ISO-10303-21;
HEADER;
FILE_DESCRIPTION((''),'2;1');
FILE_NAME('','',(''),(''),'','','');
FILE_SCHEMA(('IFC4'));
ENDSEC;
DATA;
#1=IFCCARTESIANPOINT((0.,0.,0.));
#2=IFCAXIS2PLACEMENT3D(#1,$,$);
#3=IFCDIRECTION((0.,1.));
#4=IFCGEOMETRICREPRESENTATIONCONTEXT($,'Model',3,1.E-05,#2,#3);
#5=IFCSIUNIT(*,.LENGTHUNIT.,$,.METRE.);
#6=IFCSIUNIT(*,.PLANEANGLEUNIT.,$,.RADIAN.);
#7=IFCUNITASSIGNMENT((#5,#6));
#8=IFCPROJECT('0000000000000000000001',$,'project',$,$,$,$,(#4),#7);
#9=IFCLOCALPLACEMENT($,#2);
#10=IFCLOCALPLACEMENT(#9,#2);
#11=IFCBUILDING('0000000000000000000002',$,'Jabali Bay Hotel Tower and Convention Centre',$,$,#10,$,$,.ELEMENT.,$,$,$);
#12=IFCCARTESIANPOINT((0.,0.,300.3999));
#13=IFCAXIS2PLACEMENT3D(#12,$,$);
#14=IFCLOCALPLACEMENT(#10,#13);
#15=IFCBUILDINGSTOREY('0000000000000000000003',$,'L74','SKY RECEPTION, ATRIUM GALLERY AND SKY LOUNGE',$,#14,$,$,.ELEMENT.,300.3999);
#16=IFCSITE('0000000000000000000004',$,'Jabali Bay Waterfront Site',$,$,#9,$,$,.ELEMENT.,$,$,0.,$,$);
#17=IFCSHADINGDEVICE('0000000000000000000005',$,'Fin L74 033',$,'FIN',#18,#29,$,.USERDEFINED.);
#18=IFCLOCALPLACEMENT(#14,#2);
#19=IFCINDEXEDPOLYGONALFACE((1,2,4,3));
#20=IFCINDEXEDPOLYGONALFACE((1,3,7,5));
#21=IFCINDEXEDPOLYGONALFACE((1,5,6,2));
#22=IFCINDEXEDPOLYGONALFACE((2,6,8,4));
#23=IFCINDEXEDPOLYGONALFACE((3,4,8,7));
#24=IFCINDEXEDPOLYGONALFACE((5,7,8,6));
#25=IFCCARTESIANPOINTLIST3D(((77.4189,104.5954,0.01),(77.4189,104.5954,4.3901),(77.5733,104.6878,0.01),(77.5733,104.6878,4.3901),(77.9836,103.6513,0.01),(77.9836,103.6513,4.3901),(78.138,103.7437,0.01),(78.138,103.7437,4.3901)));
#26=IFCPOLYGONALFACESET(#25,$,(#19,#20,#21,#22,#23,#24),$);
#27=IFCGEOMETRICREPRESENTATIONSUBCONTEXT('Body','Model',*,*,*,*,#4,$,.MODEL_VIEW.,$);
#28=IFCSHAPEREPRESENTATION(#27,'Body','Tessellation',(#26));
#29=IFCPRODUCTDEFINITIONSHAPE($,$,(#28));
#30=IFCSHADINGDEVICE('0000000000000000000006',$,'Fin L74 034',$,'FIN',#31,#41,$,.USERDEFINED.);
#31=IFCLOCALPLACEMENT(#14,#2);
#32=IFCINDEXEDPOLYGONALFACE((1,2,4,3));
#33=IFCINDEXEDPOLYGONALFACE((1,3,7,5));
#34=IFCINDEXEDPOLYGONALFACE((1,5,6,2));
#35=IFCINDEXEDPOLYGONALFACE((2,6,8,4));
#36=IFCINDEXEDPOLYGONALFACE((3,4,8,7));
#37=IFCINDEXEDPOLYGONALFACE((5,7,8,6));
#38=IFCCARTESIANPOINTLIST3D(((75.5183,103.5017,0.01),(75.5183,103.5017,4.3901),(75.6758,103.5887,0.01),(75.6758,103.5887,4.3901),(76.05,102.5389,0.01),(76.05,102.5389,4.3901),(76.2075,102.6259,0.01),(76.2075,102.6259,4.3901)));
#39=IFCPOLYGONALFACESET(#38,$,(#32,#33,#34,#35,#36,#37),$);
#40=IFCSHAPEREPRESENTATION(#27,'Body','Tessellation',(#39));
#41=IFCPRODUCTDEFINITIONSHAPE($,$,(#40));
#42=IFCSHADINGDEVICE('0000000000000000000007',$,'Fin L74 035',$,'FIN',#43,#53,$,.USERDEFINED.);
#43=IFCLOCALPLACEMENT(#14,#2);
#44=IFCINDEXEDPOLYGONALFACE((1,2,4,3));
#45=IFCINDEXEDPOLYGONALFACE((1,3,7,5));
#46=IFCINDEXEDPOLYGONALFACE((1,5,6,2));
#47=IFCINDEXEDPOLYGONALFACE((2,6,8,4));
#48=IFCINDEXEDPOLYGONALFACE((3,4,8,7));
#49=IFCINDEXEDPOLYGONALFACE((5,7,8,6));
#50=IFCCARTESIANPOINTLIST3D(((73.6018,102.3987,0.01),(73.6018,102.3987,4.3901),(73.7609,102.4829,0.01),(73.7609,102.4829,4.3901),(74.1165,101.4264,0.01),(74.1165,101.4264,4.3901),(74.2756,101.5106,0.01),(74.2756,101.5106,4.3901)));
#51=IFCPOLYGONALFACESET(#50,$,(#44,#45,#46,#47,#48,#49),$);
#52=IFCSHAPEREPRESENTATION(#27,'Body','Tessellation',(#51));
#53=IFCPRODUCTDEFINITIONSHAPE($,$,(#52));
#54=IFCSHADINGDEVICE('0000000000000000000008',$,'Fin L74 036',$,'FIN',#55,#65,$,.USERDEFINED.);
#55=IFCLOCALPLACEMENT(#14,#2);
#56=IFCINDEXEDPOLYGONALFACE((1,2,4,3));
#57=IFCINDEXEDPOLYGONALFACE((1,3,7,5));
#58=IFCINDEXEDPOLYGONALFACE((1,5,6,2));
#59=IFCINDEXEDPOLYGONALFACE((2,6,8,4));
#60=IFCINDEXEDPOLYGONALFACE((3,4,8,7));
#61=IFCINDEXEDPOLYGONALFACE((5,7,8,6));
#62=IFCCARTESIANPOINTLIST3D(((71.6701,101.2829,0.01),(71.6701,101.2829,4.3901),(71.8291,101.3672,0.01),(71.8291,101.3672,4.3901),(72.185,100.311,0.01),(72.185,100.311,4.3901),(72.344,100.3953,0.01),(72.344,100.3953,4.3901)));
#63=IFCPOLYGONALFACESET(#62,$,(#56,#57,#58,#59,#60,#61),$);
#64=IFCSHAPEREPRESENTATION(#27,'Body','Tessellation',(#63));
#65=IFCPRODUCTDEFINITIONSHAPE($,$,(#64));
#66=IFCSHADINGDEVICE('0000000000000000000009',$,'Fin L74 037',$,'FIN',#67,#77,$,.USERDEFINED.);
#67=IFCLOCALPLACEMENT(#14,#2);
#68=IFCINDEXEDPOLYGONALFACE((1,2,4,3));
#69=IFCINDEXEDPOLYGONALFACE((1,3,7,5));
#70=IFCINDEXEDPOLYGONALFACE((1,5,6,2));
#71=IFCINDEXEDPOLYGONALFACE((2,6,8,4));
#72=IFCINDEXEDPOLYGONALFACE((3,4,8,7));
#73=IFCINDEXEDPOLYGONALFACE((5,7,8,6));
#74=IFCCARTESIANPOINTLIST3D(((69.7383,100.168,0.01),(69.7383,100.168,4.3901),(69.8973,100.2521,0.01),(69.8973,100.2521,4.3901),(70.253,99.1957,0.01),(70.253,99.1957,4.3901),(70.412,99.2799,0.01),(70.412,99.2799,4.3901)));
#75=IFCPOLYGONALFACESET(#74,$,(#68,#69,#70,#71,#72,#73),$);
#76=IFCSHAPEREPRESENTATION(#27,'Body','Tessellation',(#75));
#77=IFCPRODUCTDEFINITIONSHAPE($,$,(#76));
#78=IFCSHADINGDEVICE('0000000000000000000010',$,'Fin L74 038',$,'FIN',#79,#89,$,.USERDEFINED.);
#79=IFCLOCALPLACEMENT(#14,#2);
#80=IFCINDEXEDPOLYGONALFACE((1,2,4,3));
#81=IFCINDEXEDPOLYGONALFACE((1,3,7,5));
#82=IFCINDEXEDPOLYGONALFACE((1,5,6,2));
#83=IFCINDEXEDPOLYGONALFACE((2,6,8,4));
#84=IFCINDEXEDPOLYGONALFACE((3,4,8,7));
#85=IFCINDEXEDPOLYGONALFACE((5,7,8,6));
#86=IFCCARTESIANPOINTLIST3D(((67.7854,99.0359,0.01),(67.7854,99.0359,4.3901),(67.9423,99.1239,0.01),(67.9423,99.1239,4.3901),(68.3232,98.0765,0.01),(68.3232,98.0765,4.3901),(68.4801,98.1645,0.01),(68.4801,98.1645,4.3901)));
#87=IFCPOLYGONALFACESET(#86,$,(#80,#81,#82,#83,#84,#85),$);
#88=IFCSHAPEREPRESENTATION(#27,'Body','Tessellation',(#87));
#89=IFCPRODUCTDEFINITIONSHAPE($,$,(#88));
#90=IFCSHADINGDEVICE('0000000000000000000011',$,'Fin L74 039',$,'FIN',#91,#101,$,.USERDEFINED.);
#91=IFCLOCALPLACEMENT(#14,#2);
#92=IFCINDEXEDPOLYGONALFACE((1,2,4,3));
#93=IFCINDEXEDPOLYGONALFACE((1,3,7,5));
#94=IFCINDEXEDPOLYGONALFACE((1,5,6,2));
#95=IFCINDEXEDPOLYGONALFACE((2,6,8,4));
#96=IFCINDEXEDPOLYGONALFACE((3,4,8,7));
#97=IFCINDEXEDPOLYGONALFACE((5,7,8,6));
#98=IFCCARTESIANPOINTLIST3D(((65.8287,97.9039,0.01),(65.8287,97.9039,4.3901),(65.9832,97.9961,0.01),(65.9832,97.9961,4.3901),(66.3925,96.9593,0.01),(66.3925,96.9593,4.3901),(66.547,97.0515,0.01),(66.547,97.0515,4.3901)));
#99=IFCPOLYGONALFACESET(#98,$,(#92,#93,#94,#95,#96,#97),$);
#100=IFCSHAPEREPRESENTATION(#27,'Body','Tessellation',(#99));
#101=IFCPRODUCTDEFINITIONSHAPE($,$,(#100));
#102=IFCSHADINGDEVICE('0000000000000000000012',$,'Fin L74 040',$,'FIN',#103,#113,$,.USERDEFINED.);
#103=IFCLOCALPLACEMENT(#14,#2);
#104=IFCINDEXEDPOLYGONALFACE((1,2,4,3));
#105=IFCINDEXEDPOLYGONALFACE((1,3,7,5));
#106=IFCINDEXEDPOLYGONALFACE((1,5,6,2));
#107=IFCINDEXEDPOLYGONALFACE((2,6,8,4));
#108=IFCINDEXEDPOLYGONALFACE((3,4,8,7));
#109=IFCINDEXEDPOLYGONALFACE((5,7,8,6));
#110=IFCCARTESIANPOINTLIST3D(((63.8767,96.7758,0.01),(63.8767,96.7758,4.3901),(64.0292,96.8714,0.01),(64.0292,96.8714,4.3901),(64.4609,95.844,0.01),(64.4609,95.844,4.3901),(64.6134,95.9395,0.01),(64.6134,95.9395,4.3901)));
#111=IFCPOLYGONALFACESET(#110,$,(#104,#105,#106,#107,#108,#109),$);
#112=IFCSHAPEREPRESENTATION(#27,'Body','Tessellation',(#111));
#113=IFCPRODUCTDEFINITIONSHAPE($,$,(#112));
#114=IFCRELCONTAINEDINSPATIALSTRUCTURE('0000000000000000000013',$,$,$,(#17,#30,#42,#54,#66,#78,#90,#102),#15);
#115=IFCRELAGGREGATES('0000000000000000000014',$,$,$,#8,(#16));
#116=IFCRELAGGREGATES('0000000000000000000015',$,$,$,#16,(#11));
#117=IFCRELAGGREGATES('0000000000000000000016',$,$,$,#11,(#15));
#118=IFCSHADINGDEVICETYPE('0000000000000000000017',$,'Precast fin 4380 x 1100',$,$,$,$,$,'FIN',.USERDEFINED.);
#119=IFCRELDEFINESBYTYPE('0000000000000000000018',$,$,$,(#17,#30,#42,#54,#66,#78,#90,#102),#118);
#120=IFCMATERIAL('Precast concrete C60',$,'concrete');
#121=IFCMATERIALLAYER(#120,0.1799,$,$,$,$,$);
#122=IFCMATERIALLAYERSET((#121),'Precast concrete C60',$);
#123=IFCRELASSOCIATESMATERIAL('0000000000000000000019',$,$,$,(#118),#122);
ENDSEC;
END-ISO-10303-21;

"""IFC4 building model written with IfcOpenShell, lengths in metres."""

from ifc_helpers import new_model, si_unit, direction, frame, frame_2d, origin, place, context, subcontext, project, spatial, rectangle, extrude, material, layer, layer_set, type_object, element, save


model = new_model("IFC4")

# Units and contexts
model_context = context("Model", 3, precision=1e-05, world=origin(), true_north=direction((0.0, 1.0)))
body_context = subcontext(model_context, "Body", "Model", "MODEL_VIEW")
ifc_project = project(units=[si_unit("LENGTHUNIT", "METRE"), si_unit("PLANEANGLEUNIT", "RADIAN")], contexts=[model_context])

# Site, building, storey
site_placement = place(None, origin())
site = spatial("IfcSite", under=ifc_project, at=site_placement, Name="Jabali Bay Waterfront Site", CompositionType="ELEMENT", RefElevation=0.0)
building_placement = place(site_placement, origin())
building = spatial("IfcBuilding", under=site, at=building_placement, Name="Jabali Bay Hotel Tower and Convention Centre", CompositionType="ELEMENT")
storey_placement = place(building_placement, frame((0.0, 0.0, 300.3999)))
storey = spatial("IfcBuildingStorey", under=building, at=storey_placement, Name="L74", Description="SKY RECEPTION, ATRIUM GALLERY AND SKY LOUNGE", CompositionType="ELEMENT", Elevation=300.3999)

# Shading devices
ifc_material_1 = material(Name="Precast concrete C60", Category="concrete")
ifc_layer_1 = layer(ifc_material_1, 0.1799)
ifc_layer_set_1 = layer_set([ifc_layer_1], Name="Precast concrete C60")
shading_device_type = type_object("IfcShadingDeviceType", Name="Precast fin 4380 x 1100", ElementType="FIN", PredefinedType="USERDEFINED", material=ifc_layer_set_1)
shading_device_1_placement = place(storey_placement, frame((78.0608, 103.6975, 0.01), z_axis=(0.0, 0.0, 1.0), x_axis=(-0.51332, 0.858197, 0.0)))
element("IfcShadingDevice", 1, at=shading_device_1_placement, inside=storey, type_object=shading_device_type, Name="Fin L74 033", ObjectType="FIN", PredefinedType="USERDEFINED", context=body_context, shape_type="SweptSolid", body=[
    extrude(rectangle(XDim=1.1001, YDim=0.1799, at=frame_2d((0.55, 0.0))), origin(), (0.0, 0.0, 1.0), 4.3801),
])
shading_device_2_placement = place(storey_placement, frame((76.1287, 102.5825, 0.01), z_axis=(0.0, 0.0, 1.0), x_axis=(-0.483418, 0.87539, 0.0)))
element("IfcShadingDevice", 2, at=shading_device_2_placement, inside=storey, type_object=shading_device_type, Name="Fin L74 034", ObjectType="FIN", PredefinedType="USERDEFINED", context=body_context, shape_type="SweptSolid", body=[
    extrude(rectangle(XDim=1.0999, YDim=0.1799, at=frame_2d((0.5498, 0.0))), origin(), (0.0, 0.0, 1.0), 4.3801),
])
shading_device_3_placement = place(storey_placement, frame((74.196, 101.4685, 0.01), z_axis=(0.0, 0.0, 1.0), x_axis=(-0.467867, 0.883799, 0.0)))
element("IfcShadingDevice", 3, at=shading_device_3_placement, inside=storey, type_object=shading_device_type, Name="Fin L74 035", ObjectType="FIN", PredefinedType="USERDEFINED", context=body_context, shape_type="SweptSolid", body=[
    extrude(rectangle(XDim=1.1001, YDim=0.1799, at=frame_2d((0.55, 0.0))), origin(), (0.0, 0.0, 1.0), 4.3801),
])
shading_device_4_placement = place(storey_placement, frame((72.2644, 100.3533, 0.01), z_axis=(0.0, 0.0, 1.0), x_axis=(-0.468132, 0.883658, 0.0)))
element("IfcShadingDevice", 4, at=shading_device_4_placement, inside=storey, type_object=shading_device_type, Name="Fin L74 036", ObjectType="FIN", PredefinedType="USERDEFINED", context=body_context, shape_type="SweptSolid", body=[
    extrude(rectangle(XDim=1.0999, YDim=0.1799, at=frame_2d((0.5498, 0.0))), origin(), (0.0, 0.0, 1.0), 4.3801),
])
shading_device_5_placement = place(storey_placement, frame((70.3325, 99.2378, 0.01), z_axis=(0.0, 0.0, 1.0), x_axis=(-0.467867, 0.883799, 0.0)))
element("IfcShadingDevice", 5, at=shading_device_5_placement, inside=storey, type_object=shading_device_type, Name="Fin L74 037", ObjectType="FIN", PredefinedType="USERDEFINED", context=body_context, shape_type="SweptSolid", body=[
    extrude(rectangle(XDim=1.1001, YDim=0.1799, at=frame_2d((0.55, 0.0))), origin(), (0.0, 0.0, 1.0), 4.3801),
])
shading_device_6_placement = place(storey_placement, frame((68.4016, 98.1206, 0.01), z_axis=(0.0, 0.0, 1.0), x_axis=(-0.488975, 0.872298, 0.0)))
element("IfcShadingDevice", 6, at=shading_device_6_placement, inside=storey, type_object=shading_device_type, Name="Fin L74 038", ObjectType="FIN", PredefinedType="USERDEFINED", context=body_context, shape_type="SweptSolid", body=[
    extrude(rectangle(XDim=1.0999, YDim=0.1799, at=frame_2d((0.5498, 0.0))), origin(), (0.0, 0.0, 1.0), 4.3801),
])
shading_device_7_placement = place(storey_placement, frame((66.4697, 97.0054, 0.01), z_axis=(0.0, 0.0, 1.0), x_axis=(-0.512471, 0.858705, 0.0)))
element("IfcShadingDevice", 7, at=shading_device_7_placement, inside=storey, type_object=shading_device_type, Name="Fin L74 039", ObjectType="FIN", PredefinedType="USERDEFINED", context=body_context, shape_type="SweptSolid", body=[
    extrude(rectangle(XDim=1.1001, YDim=0.1799, at=frame_2d((0.55, 0.0))), origin(), (0.0, 0.0, 1.0), 4.3801),
])
shading_device_8_placement = place(storey_placement, frame((64.5371, 95.8918, 0.01), z_axis=(0.0, 0.0, 1.0), x_axis=(-0.531176, 0.847262, 0.0)))
element("IfcShadingDevice", 8, at=shading_device_8_placement, inside=storey, type_object=shading_device_type, Name="Fin L74 040", ObjectType="FIN", PredefinedType="USERDEFINED", context=body_context, shape_type="SweptSolid", body=[
    extrude(rectangle(XDim=1.0999, YDim=0.1799, at=frame_2d((0.5498, 0.0))), origin(), (0.0, 0.0, 1.0), 4.3801),
])

save(model, "model.ifc")
